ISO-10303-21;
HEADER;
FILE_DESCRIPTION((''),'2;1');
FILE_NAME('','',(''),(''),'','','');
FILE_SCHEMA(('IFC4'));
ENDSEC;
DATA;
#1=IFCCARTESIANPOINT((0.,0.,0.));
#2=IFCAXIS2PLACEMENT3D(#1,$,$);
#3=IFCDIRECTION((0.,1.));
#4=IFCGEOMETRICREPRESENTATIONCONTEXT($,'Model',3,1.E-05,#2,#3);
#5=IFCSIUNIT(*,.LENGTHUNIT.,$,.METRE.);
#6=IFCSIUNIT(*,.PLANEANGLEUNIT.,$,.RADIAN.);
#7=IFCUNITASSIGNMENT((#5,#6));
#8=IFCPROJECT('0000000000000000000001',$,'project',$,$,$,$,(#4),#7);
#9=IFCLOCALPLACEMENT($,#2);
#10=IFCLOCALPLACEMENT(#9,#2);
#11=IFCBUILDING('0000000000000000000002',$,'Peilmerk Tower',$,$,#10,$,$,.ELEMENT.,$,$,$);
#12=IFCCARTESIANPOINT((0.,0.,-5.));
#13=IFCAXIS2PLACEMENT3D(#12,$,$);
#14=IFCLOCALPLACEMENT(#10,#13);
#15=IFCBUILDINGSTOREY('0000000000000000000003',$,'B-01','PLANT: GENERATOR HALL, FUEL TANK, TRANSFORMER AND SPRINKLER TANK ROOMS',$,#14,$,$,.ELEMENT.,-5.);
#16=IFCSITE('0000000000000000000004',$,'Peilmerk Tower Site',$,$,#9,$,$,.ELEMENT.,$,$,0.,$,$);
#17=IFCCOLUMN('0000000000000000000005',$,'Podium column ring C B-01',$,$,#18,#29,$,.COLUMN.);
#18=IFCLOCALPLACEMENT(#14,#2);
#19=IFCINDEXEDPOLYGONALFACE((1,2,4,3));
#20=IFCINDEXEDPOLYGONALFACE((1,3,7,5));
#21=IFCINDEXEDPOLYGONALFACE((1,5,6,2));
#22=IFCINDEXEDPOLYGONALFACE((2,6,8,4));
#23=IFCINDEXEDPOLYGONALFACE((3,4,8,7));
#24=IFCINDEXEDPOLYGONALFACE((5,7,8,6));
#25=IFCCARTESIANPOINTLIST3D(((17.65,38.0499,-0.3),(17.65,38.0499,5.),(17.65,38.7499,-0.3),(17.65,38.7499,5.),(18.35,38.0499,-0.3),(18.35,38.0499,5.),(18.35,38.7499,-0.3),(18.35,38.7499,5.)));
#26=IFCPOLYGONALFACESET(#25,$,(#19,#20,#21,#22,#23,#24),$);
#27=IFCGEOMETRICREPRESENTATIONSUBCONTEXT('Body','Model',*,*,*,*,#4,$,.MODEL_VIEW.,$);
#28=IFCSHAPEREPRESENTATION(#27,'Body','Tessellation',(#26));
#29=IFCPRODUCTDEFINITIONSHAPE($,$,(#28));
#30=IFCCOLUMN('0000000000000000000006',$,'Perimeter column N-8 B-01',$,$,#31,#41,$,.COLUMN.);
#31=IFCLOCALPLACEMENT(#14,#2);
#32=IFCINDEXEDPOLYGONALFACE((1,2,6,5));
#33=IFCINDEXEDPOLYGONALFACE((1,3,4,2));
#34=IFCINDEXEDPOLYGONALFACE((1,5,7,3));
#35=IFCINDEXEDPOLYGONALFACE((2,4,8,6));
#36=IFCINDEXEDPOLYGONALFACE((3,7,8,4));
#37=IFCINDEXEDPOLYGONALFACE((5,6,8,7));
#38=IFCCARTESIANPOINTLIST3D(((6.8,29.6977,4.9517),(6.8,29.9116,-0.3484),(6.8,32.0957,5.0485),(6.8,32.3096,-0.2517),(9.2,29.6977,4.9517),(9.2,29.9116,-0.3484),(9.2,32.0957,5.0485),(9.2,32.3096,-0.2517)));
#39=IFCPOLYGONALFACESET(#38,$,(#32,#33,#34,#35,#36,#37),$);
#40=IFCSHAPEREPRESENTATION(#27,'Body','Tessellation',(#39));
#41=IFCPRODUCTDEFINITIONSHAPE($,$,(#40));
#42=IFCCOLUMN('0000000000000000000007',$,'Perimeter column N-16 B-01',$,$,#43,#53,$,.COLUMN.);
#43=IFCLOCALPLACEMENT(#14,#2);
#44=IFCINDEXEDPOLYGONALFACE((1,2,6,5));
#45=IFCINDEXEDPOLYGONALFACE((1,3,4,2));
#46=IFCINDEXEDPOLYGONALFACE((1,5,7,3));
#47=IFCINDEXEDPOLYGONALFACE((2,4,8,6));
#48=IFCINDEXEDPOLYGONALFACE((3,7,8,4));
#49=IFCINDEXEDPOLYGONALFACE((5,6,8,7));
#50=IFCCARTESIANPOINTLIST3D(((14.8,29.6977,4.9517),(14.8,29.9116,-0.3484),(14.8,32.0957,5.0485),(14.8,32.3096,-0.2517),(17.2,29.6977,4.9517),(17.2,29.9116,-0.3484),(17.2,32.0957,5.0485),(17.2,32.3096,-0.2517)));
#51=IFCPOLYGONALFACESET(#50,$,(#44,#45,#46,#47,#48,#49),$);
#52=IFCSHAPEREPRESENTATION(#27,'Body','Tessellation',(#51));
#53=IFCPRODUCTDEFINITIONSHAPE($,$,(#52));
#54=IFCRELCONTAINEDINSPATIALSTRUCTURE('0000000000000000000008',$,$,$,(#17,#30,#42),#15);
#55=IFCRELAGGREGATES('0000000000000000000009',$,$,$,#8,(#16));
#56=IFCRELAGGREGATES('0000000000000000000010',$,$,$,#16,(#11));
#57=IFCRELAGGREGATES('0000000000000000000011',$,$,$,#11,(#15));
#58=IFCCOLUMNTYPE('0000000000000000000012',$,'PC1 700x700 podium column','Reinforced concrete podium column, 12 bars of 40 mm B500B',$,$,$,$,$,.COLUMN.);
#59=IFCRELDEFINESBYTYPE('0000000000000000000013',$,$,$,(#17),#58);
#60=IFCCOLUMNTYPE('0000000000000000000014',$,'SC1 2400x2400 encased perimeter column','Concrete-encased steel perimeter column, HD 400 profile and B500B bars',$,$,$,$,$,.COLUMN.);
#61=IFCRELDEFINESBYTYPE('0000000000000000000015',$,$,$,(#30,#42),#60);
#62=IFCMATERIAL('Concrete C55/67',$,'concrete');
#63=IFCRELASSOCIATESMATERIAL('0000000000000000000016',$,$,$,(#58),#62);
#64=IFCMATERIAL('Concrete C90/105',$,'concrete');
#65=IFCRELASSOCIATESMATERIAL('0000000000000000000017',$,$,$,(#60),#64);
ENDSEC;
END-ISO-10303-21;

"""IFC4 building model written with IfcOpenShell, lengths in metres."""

from ifc_helpers import new_model, si_unit, direction, frame, origin, origin_2d, place, context, subcontext, project, spatial, rectangle, extrude, material, material_profile, profile_set, type_object, element, save


model = new_model("IFC4")

# Units and contexts
model_context = context("Model", 3, precision=1e-05, world=origin(), true_north=direction((0.0, 1.0)))
body_context = subcontext(model_context, "Body", "Model", "MODEL_VIEW")
ifc_project = project(units=[si_unit("LENGTHUNIT", "METRE"), si_unit("PLANEANGLEUNIT", "RADIAN")], contexts=[model_context])

# Site, building, storey
site_placement = place(None, origin())
site = spatial("IfcSite", under=ifc_project, at=site_placement, Name="Peilmerk Tower Site", CompositionType="ELEMENT", RefElevation=0.0)
building_placement = place(site_placement, origin())
building = spatial("IfcBuilding", under=site, at=building_placement, Name="Peilmerk Tower", CompositionType="ELEMENT")
storey_placement = place(building_placement, frame((0.0, 0.0, -5.0)))
storey = spatial("IfcBuildingStorey", under=building, at=storey_placement, Name="B-01", Description="PLANT: GENERATOR HALL, FUEL TANK, TRANSFORMER AND SPRINKLER TANK ROOMS", CompositionType="ELEMENT", Elevation=-5.0)

# Columns
ifc_material_1 = material(Name="Concrete C55/67", Category="concrete")
ifc_material_profile_1 = material_profile(ifc_material_1, rectangle(XDim=0.7, YDim=0.7, at=origin_2d()), Name="RC 700x700")
ifc_profile_set_1 = profile_set([ifc_material_profile_1], Name="Concrete C55/67")
column_type_1 = type_object("IfcColumnType", Name="PC1 700x700 podium column", Description="Reinforced concrete podium column, 12 bars of 40 mm B500B", PredefinedType="COLUMN", material=ifc_profile_set_1)
for number, where, z_axis, x_axis, name in (
    (1, (18.0, 38.3999, -0.3), (0.0, 0.0, 1.0), (1.0, 0.0, 0.0), "Podium column ring C B-01"),
):
    element("IfcColumn", number, at=place(storey_placement, frame(where, z_axis=z_axis, x_axis=x_axis)), inside=storey, type_object=column_type_1, Name=name, PredefinedType="COLUMN", context=body_context, shape_type="SweptSolid", body=[
        extrude(rectangle(XDim=0.7, YDim=0.7, at=origin_2d()), origin(), (0.0, 0.0, 1.0), 5.3),
    ])
ifc_material_2 = material(Name="Concrete C90/105", Category="concrete")
ifc_material_profile_2 = material_profile(ifc_material_2, rectangle(XDim=2.3999, YDim=2.3999, at=origin_2d()), Name="RC 2400x2400")
ifc_profile_set_2 = profile_set([ifc_material_profile_2], Name="Concrete C90/105")
column_type_2 = type_object("IfcColumnType", Name="SC1 2400x2400 encased perimeter column", Description="Concrete-encased steel perimeter column, HD 400 profile and B500B bars", PredefinedType="COLUMN", material=ifc_profile_set_2)
for number, where, z_axis, x_axis, name in (
    (2, (8.0, 31.1106, -0.3), (0.0, -0.040319, 0.999187), (1.0, 0.0, 0.0), "Perimeter column N-8 B-01"),
    (3, (16.0, 31.1106, -0.3), (0.0, -0.040319, 0.999187), (1.0, 0.0, 0.0), "Perimeter column N-16 B-01"),
):
    element("IfcColumn", number, at=place(storey_placement, frame(where, z_axis=z_axis, x_axis=x_axis)), inside=storey, type_object=column_type_2, Name=name, PredefinedType="COLUMN", context=body_context, shape_type="SweptSolid", body=[
        extrude(rectangle(XDim=2.3999, YDim=2.3999, at=origin_2d()), origin(), (0.0, 0.0, 1.0), 5.3044),
    ])

save(model, "model.ifc")
